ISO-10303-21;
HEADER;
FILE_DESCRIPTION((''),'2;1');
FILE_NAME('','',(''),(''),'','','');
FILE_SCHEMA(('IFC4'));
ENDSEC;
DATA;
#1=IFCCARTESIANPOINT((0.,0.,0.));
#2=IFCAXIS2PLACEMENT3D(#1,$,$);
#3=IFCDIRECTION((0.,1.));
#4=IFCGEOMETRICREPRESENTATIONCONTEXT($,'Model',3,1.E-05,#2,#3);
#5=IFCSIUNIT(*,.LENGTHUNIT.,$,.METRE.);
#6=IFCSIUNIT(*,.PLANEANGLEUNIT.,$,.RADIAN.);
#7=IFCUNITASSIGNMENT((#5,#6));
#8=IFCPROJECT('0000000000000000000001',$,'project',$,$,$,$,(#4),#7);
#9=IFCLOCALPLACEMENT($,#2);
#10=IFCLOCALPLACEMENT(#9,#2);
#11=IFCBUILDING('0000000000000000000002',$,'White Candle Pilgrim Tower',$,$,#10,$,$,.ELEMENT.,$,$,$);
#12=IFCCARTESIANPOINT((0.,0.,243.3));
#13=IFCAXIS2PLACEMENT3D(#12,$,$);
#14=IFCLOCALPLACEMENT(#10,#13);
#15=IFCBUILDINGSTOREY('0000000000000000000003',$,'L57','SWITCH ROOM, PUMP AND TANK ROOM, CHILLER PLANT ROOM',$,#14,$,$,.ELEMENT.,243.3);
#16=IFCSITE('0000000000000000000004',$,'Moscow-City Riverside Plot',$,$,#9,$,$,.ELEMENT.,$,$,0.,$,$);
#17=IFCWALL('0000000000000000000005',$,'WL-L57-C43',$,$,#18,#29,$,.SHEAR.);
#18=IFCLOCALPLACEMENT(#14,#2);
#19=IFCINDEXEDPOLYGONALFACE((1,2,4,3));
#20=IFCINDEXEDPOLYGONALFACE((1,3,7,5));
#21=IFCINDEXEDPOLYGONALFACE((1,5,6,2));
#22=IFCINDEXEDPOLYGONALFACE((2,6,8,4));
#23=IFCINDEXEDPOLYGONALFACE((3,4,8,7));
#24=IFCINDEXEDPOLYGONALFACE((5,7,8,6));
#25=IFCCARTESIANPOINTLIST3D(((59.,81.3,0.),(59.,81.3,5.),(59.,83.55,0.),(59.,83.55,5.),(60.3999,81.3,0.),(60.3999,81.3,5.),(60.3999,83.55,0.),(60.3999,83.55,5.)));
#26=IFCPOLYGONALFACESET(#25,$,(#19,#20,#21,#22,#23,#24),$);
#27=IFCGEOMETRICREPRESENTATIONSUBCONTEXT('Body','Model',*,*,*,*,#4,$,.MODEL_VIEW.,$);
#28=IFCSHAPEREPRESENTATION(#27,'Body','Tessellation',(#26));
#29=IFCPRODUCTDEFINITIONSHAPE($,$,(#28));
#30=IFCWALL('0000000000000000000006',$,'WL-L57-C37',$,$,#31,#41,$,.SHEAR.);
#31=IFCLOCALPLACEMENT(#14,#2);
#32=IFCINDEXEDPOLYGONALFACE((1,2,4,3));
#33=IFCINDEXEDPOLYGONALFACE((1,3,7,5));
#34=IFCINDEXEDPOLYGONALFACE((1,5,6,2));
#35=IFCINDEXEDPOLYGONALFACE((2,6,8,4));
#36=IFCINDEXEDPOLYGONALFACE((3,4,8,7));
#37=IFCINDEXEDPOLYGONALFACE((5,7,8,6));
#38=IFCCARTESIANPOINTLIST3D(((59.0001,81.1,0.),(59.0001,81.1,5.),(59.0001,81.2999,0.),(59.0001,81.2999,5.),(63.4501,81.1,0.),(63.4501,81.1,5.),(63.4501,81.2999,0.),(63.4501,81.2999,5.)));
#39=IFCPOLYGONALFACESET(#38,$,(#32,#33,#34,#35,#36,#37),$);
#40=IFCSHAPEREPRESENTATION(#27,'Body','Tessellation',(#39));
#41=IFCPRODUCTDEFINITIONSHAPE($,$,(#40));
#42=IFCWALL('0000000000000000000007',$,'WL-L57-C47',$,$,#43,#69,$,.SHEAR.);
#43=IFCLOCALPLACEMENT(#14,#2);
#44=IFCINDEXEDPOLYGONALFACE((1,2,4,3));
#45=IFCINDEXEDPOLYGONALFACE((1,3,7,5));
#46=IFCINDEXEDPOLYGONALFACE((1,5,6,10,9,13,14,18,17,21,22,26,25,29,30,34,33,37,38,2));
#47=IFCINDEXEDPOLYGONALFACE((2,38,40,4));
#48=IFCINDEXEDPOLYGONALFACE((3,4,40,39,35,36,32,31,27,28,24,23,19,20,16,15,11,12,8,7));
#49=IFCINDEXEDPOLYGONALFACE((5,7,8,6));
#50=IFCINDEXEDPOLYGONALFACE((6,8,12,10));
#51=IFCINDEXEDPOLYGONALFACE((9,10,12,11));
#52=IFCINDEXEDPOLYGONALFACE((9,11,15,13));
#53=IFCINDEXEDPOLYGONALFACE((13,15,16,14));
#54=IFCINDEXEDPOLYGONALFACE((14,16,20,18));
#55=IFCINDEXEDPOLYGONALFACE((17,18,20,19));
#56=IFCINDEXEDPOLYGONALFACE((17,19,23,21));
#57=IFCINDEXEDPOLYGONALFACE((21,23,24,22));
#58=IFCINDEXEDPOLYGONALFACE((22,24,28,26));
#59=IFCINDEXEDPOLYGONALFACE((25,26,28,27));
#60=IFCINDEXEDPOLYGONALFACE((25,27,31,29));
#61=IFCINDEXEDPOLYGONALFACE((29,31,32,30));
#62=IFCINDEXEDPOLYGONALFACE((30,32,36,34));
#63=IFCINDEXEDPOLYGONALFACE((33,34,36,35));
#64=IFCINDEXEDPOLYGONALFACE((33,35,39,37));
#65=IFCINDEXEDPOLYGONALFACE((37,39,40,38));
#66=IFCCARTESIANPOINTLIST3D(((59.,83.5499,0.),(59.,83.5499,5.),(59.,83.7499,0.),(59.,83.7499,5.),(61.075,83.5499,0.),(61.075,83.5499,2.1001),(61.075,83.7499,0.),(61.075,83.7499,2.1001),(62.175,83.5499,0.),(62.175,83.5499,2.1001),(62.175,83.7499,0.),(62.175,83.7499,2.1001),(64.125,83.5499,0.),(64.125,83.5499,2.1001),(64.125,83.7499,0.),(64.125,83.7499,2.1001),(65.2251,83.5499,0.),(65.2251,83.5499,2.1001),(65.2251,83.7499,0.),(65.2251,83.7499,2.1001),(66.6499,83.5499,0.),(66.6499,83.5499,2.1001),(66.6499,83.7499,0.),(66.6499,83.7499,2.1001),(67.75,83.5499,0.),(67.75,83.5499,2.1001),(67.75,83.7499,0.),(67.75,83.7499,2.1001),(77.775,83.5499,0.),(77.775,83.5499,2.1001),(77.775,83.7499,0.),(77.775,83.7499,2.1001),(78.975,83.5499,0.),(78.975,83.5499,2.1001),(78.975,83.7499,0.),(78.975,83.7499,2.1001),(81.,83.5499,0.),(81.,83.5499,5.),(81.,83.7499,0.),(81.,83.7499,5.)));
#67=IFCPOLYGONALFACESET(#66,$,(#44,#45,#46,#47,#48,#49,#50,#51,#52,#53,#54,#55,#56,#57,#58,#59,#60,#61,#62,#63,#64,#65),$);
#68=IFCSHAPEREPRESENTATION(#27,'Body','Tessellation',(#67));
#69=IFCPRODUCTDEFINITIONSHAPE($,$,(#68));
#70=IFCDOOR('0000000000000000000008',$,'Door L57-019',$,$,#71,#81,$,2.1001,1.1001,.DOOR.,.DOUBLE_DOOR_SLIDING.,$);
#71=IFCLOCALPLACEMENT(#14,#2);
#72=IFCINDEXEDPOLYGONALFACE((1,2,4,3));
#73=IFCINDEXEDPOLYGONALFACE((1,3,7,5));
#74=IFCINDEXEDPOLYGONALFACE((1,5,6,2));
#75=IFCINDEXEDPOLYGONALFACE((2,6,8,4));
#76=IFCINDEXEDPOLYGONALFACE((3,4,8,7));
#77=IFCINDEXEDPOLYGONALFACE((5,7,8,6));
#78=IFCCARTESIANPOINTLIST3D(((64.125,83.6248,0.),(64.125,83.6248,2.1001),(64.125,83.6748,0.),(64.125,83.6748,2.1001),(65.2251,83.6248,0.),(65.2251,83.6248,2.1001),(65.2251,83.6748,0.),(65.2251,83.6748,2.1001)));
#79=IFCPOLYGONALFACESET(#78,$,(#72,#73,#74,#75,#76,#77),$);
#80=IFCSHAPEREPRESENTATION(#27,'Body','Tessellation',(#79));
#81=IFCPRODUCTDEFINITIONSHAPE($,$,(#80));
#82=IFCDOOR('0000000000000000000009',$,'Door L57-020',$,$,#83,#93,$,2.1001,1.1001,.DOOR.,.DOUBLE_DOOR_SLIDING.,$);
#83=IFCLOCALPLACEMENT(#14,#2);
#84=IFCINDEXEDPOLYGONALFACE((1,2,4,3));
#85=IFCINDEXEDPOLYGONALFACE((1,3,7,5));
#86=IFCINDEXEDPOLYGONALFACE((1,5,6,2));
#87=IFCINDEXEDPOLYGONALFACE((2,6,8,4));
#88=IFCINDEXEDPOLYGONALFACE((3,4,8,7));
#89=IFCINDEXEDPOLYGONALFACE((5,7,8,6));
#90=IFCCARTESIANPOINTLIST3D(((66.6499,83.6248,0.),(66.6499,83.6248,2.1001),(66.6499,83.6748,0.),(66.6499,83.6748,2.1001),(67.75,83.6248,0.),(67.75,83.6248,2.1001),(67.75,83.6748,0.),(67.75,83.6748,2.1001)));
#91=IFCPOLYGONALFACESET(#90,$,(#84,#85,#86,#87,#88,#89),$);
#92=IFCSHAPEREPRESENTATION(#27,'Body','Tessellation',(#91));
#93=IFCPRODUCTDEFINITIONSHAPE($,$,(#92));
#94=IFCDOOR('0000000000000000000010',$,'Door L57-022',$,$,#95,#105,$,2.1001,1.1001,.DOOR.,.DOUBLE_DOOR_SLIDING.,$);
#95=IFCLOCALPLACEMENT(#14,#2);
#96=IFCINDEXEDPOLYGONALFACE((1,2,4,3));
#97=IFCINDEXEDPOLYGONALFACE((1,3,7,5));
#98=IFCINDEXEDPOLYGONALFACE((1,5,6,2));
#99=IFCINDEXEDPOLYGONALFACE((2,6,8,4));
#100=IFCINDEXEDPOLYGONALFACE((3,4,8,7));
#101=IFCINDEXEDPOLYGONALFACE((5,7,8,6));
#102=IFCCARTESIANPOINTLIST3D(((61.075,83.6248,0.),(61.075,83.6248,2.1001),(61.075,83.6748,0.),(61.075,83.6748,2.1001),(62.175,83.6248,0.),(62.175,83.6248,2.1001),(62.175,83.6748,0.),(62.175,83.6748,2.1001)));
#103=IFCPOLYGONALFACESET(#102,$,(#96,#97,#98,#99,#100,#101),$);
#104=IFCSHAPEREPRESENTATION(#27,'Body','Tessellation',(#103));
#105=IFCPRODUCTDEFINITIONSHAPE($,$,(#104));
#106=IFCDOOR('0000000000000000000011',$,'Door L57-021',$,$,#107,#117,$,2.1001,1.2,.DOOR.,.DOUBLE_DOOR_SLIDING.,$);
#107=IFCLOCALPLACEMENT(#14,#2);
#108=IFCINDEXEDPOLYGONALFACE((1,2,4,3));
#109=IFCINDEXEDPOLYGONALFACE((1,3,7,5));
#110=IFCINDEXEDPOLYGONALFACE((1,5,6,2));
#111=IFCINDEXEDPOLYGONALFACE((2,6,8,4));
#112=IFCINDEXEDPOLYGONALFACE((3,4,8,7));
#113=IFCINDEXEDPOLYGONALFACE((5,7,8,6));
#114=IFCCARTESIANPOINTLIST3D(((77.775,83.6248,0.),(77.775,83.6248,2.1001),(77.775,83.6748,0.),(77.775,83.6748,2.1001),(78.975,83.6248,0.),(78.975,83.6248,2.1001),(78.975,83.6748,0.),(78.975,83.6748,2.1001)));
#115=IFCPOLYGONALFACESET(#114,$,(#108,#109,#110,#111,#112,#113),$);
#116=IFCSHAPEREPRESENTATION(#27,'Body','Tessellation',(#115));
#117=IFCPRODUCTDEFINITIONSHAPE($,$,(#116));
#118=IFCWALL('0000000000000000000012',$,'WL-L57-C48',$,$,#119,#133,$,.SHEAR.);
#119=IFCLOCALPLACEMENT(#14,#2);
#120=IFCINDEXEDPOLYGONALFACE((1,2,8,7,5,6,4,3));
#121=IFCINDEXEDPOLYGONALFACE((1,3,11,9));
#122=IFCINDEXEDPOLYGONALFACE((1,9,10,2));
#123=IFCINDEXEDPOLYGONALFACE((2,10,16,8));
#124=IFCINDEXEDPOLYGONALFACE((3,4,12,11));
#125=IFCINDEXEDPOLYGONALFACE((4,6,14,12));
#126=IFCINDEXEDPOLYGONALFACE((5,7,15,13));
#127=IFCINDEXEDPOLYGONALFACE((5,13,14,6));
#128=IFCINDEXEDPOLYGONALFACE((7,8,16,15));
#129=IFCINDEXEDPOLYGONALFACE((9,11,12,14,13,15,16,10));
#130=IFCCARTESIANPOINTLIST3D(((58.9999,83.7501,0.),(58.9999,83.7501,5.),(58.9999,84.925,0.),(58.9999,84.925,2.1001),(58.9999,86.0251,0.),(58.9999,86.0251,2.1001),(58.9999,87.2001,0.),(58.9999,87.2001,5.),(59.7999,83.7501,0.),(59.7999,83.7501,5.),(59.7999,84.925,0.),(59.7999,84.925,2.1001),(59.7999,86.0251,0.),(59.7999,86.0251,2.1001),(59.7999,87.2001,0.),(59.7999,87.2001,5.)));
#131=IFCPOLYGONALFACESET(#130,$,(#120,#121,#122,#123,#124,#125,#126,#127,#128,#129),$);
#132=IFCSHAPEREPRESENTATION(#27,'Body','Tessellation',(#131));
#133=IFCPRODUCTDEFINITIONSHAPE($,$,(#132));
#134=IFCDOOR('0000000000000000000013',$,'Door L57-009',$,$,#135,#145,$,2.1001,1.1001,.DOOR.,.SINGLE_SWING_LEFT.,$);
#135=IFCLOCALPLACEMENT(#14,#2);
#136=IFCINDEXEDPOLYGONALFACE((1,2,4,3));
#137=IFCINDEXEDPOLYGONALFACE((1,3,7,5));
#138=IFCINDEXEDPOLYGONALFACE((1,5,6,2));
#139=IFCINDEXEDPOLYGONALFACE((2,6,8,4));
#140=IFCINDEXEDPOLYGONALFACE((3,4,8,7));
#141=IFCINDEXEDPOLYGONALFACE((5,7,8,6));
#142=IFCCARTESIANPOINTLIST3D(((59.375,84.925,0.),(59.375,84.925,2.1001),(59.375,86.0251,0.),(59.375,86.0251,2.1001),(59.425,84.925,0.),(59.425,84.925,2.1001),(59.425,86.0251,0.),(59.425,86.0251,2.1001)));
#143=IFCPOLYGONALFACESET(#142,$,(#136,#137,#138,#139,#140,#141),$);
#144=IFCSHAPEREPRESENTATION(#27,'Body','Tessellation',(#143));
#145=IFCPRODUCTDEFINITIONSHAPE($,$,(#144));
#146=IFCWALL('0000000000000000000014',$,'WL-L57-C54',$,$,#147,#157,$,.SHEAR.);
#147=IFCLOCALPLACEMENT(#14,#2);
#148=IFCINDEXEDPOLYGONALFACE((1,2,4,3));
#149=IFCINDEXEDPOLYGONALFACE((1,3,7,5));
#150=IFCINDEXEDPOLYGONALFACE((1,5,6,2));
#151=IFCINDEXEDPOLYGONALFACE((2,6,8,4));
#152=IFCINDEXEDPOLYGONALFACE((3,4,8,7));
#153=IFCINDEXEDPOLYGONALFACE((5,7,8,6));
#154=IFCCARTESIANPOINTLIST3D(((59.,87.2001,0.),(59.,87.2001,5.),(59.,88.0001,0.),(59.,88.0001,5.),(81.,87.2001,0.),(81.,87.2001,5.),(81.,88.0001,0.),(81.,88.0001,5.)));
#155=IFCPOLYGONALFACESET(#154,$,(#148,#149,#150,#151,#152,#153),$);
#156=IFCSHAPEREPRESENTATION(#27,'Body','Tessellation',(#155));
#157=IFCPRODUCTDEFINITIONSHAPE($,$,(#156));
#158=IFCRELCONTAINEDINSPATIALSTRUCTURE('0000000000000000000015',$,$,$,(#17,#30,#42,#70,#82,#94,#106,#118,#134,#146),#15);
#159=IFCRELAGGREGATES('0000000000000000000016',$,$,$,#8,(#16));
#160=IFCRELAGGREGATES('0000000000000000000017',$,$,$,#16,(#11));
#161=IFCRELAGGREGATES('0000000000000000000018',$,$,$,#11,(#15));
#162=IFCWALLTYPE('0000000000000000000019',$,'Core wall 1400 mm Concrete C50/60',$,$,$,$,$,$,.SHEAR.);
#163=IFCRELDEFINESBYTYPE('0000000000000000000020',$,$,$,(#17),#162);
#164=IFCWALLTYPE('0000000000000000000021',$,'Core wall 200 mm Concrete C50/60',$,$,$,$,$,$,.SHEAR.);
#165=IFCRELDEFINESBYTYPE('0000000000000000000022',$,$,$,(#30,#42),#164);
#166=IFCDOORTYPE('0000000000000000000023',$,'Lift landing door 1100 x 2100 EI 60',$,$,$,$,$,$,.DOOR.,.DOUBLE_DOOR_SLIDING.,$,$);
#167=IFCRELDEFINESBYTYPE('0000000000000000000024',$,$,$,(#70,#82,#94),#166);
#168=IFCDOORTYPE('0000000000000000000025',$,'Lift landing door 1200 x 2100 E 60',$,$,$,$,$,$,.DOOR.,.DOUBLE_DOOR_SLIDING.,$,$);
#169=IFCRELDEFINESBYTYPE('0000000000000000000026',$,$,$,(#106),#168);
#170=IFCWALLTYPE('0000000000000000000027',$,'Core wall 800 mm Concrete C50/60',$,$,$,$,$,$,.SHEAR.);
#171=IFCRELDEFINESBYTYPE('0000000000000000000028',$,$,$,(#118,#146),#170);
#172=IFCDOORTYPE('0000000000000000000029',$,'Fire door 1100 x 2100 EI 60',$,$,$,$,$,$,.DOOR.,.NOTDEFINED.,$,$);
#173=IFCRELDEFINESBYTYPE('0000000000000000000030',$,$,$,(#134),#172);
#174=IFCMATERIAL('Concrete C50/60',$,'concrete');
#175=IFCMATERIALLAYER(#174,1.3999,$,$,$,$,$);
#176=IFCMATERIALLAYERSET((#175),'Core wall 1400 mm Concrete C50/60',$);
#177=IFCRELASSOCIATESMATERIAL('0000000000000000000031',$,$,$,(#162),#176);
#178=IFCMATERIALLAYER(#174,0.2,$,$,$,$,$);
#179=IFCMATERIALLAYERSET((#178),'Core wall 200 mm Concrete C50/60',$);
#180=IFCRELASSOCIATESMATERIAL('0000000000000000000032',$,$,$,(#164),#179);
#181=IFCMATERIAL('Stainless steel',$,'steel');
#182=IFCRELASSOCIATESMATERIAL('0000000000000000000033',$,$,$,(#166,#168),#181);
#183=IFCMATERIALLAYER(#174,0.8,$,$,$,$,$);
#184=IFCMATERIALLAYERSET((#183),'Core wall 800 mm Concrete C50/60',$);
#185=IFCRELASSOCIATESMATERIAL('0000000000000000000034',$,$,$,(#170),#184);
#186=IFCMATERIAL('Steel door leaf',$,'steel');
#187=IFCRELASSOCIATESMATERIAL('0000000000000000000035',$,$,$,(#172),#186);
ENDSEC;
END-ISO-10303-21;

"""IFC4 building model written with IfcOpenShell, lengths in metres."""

from ifc_helpers import new_model, si_unit, direction, frame, frame_2d, origin, place, context, subcontext, project, spatial, rectangle, extrude, material, layer, layer_set, type_object, element, fill, save


model = new_model("IFC4")

# Units and contexts
model_context = context("Model", 3, precision=1e-05, world=origin(), true_north=direction((0.0, 1.0)))
body_context = subcontext(model_context, "Body", "Model", "MODEL_VIEW")
ifc_project = project(units=[si_unit("LENGTHUNIT", "METRE"), si_unit("PLANEANGLEUNIT", "RADIAN")], contexts=[model_context])

# Site, building, storey
site_placement = place(None, origin())
site = spatial("IfcSite", under=ifc_project, at=site_placement, Name="Moscow-City Riverside Plot", CompositionType="ELEMENT", RefElevation=0.0)
building_placement = place(site_placement, origin())
building = spatial("IfcBuilding", under=site, at=building_placement, Name="White Candle Pilgrim Tower", CompositionType="ELEMENT")
storey_placement = place(building_placement, frame((0.0, 0.0, 243.3)))
storey = spatial("IfcBuildingStorey", under=building, at=storey_placement, Name="L57", Description="SWITCH ROOM, PUMP AND TANK ROOM, CHILLER PLANT ROOM", CompositionType="ELEMENT", Elevation=243.3)

# Walls
ifc_material_1 = material(Name="Concrete C50/60", Category="concrete")
ifc_layer_1 = layer(ifc_material_1, 1.3999)
ifc_layer_set_1 = layer_set([ifc_layer_1], Name="Core wall 1400 mm Concrete C50/60")
wall_type_1 = type_object("IfcWallType", Name="Core wall 1400 mm Concrete C50/60", PredefinedType="SHEAR", material=ifc_layer_set_1)
wall_1_placement = place(storey_placement, frame((59.7, 81.3, 0.0), z_axis=(0.0, 0.0, 1.0), x_axis=(0.0, 1.0, 0.0)))
element("IfcWall", 1, at=wall_1_placement, inside=storey, type_object=wall_type_1, Name="WL-L57-C43", PredefinedType="SHEAR", context=body_context, shape_type="SweptSolid", body=[
    extrude(rectangle(XDim=2.25, YDim=1.3999, at=frame_2d((1.125, 0.0))), origin(), (0.0, 0.0, 1.0), 5.0),
])
ifc_layer_2 = layer(ifc_material_1, 0.2)
ifc_layer_set_2 = layer_set([ifc_layer_2], Name="Core wall 200 mm Concrete C50/60")
wall_type_2 = type_object("IfcWallType", Name="Core wall 200 mm Concrete C50/60", PredefinedType="SHEAR", material=ifc_layer_set_2)
wall_2_placement = place(storey_placement, frame((59.0, 81.2, 0.0), z_axis=(0.0, 0.0, 1.0), x_axis=(1.0, 0.0, 0.0)))
element("IfcWall", 2, at=wall_2_placement, inside=storey, type_object=wall_type_2, Name="WL-L57-C37", PredefinedType="SHEAR", context=body_context, shape_type="SweptSolid", body=[
    extrude(rectangle(XDim=4.45, YDim=0.2, at=frame_2d((2.2251, 0.0))), origin(), (0.0, 0.0, 1.0), 5.0),
])

# Wall, openings, doors
wall_3_placement = place(storey_placement, frame((59.0, 83.6499, 0.0), z_axis=(0.0, 0.0, 1.0), x_axis=(1.0, 0.0, 0.0)))
wall_3 = element("IfcWall", 3, at=wall_3_placement, inside=storey, type_object=wall_type_2, Name="WL-L57-C47", PredefinedType="SHEAR", context=body_context, shape_type="SweptSolid", body=[
    extrude(rectangle(XDim=22.0, YDim=0.2, at=frame_2d((11.0, 0.0))), origin(), (0.0, 0.0, 1.0), 5.0),
])
opening_1_placement = place(wall_3_placement, frame((5.125, 0.0, 0.0)))
opening_1 = element("IfcOpeningElement", 4, at=opening_1_placement, cuts=wall_3, PredefinedType="OPENING", context=body_context, shape_type="SweptSolid", body=[
    extrude(rectangle(XDim=1.1001, YDim=2.1001, at=frame_2d((0.55, 1.05))), frame((0.0, 0.1099, 0.0), z_axis=(0.0, -1.0, 0.0), x_axis=(1.0, 0.0, 0.0)), (0.0, 0.0, 1.0), 0.22),
])
opening_2_placement = place(wall_3_placement, frame((7.6499, 0.0, 0.0)))
opening_2 = element("IfcOpeningElement", 5, at=opening_2_placement, cuts=wall_3, PredefinedType="OPENING", context=body_context, shape_type="SweptSolid", body=[
    extrude(rectangle(XDim=1.1001, YDim=2.1001, at=frame_2d((0.55, 1.05))), frame((0.0, 0.1099, 0.0), z_axis=(0.0, -1.0, 0.0), x_axis=(1.0, 0.0, 0.0)), (0.0, 0.0, 1.0), 0.22),
])
opening_3_placement = place(wall_3_placement, frame((18.7749, 0.0, 0.0)))
opening_3 = element("IfcOpeningElement", 6, at=opening_3_placement, cuts=wall_3, PredefinedType="OPENING", context=body_context, shape_type="SweptSolid", body=[
    extrude(rectangle(XDim=1.2, YDim=2.1001, at=frame_2d((0.6001, 1.05))), frame((0.0, 0.1099, 0.0), z_axis=(0.0, -1.0, 0.0), x_axis=(1.0, 0.0, 0.0)), (0.0, 0.0, 1.0), 0.22),
])
opening_4_placement = place(wall_3_placement, frame((2.075, 0.0, 0.0)))
opening_4 = element("IfcOpeningElement", 7, at=opening_4_placement, cuts=wall_3, PredefinedType="OPENING", context=body_context, shape_type="SweptSolid", body=[
    extrude(rectangle(XDim=1.1001, YDim=2.1001, at=frame_2d((0.55, 1.05))), frame((0.0, 0.1099, 0.0), z_axis=(0.0, -1.0, 0.0), x_axis=(1.0, 0.0, 0.0)), (0.0, 0.0, 1.0), 0.22),
])
ifc_material_2 = material(Name="Stainless steel", Category="steel")
door_type_1 = type_object("IfcDoorType", Name="Lift landing door 1100 x 2100 EI 60", OperationType="DOUBLE_DOOR_SLIDING", PredefinedType="DOOR", material=ifc_material_2)
door_1_placement = place(opening_1_placement, origin())
door_1 = element("IfcDoor", 8, at=door_1_placement, inside=storey, type_object=door_type_1, Name="Door L57-019", OperationType="DOUBLE_DOOR_SLIDING", OverallHeight=2.1001, OverallWidth=1.1001, PredefinedType="DOOR", context=body_context, shape_type="SweptSolid", body=[
    extrude(rectangle(XDim=1.1001, YDim=2.1001, at=frame_2d((0.55, 1.05))), frame((0.0, 0.0249, 0.0), z_axis=(0.0, -1.0, 0.0), x_axis=(1.0, 0.0, 0.0)), (0.0, 0.0, 1.0), 0.05),
])
fill(opening_1, door_1)
door_2_placement = place(opening_2_placement, origin())
door_2 = element("IfcDoor", 9, at=door_2_placement, inside=storey, type_object=door_type_1, Name="Door L57-020", OperationType="DOUBLE_DOOR_SLIDING", OverallHeight=2.1001, OverallWidth=1.1001, PredefinedType="DOOR", context=body_context, shape_type="SweptSolid", body=[
    extrude(rectangle(XDim=1.1001, YDim=2.1001, at=frame_2d((0.55, 1.05))), frame((0.0, 0.0249, 0.0), z_axis=(0.0, -1.0, 0.0), x_axis=(1.0, 0.0, 0.0)), (0.0, 0.0, 1.0), 0.05),
])
fill(opening_2, door_2)
door_3_placement = place(opening_4_placement, origin())
door_3 = element("IfcDoor", 10, at=door_3_placement, inside=storey, type_object=door_type_1, Name="Door L57-022", OperationType="DOUBLE_DOOR_SLIDING", OverallHeight=2.1001, OverallWidth=1.1001, PredefinedType="DOOR", context=body_context, shape_type="SweptSolid", body=[
    extrude(rectangle(XDim=1.1001, YDim=2.1001, at=frame_2d((0.55, 1.05))), frame((0.0, 0.0249, 0.0), z_axis=(0.0, -1.0, 0.0), x_axis=(1.0, 0.0, 0.0)), (0.0, 0.0, 1.0), 0.05),
])
fill(opening_4, door_3)
door_type_2 = type_object("IfcDoorType", Name="Lift landing door 1200 x 2100 E 60", OperationType="DOUBLE_DOOR_SLIDING", PredefinedType="DOOR", material=ifc_material_2)
door_4_placement = place(opening_3_placement, origin())
door_4 = element("IfcDoor", 11, at=door_4_placement, inside=storey, type_object=door_type_2, Name="Door L57-021", OperationType="DOUBLE_DOOR_SLIDING", OverallHeight=2.1001, OverallWidth=1.2, PredefinedType="DOOR", context=body_context, shape_type="SweptSolid", body=[
    extrude(rectangle(XDim=1.2, YDim=2.1001, at=frame_2d((0.6001, 1.05))), frame((0.0, 0.0249, 0.0), z_axis=(0.0, -1.0, 0.0), x_axis=(1.0, 0.0, 0.0)), (0.0, 0.0, 1.0), 0.05),
])
fill(opening_3, door_4)

# Wall, opening, door
ifc_layer_3 = layer(ifc_material_1, 0.8)
ifc_layer_set_3 = layer_set([ifc_layer_3], Name="Core wall 800 mm Concrete C50/60")
wall_type_3 = type_object("IfcWallType", Name="Core wall 800 mm Concrete C50/60", PredefinedType="SHEAR", material=ifc_layer_set_3)
wall_4_placement = place(storey_placement, frame((59.3999, 83.75, 0.0), z_axis=(0.0, 0.0, 1.0), x_axis=(0.0, 1.0, 0.0)))
wall_4 = element("IfcWall", 12, at=wall_4_placement, inside=storey, type_object=wall_type_3, Name="WL-L57-C48", PredefinedType="SHEAR", context=body_context, shape_type="SweptSolid", body=[
    extrude(rectangle(XDim=3.45, YDim=0.8, at=frame_2d((1.7251, 0.0))), origin(), (0.0, 0.0, 1.0), 5.0),
])
opening_5_placement = place(wall_4_placement, frame((1.175, 0.0, 0.0)))
opening_5 = element("IfcOpeningElement", 13, at=opening_5_placement, cuts=wall_4, PredefinedType="OPENING", context=body_context, shape_type="SweptSolid", body=[
    extrude(rectangle(XDim=1.1001, YDim=2.1001, at=frame_2d((0.55, 1.05))), frame((0.0, 0.4099, 0.0), z_axis=(0.0, -1.0, 0.0), x_axis=(1.0, 0.0, 0.0)), (0.0, 0.0, 1.0), 0.8201),
])
ifc_material_3 = material(Name="Steel door leaf", Category="steel")
door_type_3 = type_object("IfcDoorType", Name="Fire door 1100 x 2100 EI 60", OperationType="NOTDEFINED", PredefinedType="DOOR", material=ifc_material_3)
door_5_placement = place(opening_5_placement, origin())
door_5 = element("IfcDoor", 14, at=door_5_placement, inside=storey, type_object=door_type_3, Name="Door L57-009", OperationType="SINGLE_SWING_LEFT", OverallHeight=2.1001, OverallWidth=1.1001, PredefinedType="DOOR", context=body_context, shape_type="SweptSolid", body=[
    extrude(rectangle(XDim=1.1001, YDim=2.1001, at=frame_2d((0.55, 1.05))), frame((0.0, 0.0249, 0.0), z_axis=(0.0, -1.0, 0.0), x_axis=(1.0, 0.0, 0.0)), (0.0, 0.0, 1.0), 0.05),
])
fill(opening_5, door_5)

# Wall
wall_5_placement = place(storey_placement, frame((59.0, 87.6001, 0.0), z_axis=(0.0, 0.0, 1.0), x_axis=(1.0, 0.0, 0.0)))
element("IfcWall", 15, at=wall_5_placement, inside=storey, type_object=wall_type_3, Name="WL-L57-C54", PredefinedType="SHEAR", context=body_context, shape_type="SweptSolid", body=[
    extrude(rectangle(XDim=22.0, YDim=0.8, at=frame_2d((11.0, 0.0))), origin(), (0.0, 0.0, 1.0), 5.0),
])

save(model, "model.ifc")
